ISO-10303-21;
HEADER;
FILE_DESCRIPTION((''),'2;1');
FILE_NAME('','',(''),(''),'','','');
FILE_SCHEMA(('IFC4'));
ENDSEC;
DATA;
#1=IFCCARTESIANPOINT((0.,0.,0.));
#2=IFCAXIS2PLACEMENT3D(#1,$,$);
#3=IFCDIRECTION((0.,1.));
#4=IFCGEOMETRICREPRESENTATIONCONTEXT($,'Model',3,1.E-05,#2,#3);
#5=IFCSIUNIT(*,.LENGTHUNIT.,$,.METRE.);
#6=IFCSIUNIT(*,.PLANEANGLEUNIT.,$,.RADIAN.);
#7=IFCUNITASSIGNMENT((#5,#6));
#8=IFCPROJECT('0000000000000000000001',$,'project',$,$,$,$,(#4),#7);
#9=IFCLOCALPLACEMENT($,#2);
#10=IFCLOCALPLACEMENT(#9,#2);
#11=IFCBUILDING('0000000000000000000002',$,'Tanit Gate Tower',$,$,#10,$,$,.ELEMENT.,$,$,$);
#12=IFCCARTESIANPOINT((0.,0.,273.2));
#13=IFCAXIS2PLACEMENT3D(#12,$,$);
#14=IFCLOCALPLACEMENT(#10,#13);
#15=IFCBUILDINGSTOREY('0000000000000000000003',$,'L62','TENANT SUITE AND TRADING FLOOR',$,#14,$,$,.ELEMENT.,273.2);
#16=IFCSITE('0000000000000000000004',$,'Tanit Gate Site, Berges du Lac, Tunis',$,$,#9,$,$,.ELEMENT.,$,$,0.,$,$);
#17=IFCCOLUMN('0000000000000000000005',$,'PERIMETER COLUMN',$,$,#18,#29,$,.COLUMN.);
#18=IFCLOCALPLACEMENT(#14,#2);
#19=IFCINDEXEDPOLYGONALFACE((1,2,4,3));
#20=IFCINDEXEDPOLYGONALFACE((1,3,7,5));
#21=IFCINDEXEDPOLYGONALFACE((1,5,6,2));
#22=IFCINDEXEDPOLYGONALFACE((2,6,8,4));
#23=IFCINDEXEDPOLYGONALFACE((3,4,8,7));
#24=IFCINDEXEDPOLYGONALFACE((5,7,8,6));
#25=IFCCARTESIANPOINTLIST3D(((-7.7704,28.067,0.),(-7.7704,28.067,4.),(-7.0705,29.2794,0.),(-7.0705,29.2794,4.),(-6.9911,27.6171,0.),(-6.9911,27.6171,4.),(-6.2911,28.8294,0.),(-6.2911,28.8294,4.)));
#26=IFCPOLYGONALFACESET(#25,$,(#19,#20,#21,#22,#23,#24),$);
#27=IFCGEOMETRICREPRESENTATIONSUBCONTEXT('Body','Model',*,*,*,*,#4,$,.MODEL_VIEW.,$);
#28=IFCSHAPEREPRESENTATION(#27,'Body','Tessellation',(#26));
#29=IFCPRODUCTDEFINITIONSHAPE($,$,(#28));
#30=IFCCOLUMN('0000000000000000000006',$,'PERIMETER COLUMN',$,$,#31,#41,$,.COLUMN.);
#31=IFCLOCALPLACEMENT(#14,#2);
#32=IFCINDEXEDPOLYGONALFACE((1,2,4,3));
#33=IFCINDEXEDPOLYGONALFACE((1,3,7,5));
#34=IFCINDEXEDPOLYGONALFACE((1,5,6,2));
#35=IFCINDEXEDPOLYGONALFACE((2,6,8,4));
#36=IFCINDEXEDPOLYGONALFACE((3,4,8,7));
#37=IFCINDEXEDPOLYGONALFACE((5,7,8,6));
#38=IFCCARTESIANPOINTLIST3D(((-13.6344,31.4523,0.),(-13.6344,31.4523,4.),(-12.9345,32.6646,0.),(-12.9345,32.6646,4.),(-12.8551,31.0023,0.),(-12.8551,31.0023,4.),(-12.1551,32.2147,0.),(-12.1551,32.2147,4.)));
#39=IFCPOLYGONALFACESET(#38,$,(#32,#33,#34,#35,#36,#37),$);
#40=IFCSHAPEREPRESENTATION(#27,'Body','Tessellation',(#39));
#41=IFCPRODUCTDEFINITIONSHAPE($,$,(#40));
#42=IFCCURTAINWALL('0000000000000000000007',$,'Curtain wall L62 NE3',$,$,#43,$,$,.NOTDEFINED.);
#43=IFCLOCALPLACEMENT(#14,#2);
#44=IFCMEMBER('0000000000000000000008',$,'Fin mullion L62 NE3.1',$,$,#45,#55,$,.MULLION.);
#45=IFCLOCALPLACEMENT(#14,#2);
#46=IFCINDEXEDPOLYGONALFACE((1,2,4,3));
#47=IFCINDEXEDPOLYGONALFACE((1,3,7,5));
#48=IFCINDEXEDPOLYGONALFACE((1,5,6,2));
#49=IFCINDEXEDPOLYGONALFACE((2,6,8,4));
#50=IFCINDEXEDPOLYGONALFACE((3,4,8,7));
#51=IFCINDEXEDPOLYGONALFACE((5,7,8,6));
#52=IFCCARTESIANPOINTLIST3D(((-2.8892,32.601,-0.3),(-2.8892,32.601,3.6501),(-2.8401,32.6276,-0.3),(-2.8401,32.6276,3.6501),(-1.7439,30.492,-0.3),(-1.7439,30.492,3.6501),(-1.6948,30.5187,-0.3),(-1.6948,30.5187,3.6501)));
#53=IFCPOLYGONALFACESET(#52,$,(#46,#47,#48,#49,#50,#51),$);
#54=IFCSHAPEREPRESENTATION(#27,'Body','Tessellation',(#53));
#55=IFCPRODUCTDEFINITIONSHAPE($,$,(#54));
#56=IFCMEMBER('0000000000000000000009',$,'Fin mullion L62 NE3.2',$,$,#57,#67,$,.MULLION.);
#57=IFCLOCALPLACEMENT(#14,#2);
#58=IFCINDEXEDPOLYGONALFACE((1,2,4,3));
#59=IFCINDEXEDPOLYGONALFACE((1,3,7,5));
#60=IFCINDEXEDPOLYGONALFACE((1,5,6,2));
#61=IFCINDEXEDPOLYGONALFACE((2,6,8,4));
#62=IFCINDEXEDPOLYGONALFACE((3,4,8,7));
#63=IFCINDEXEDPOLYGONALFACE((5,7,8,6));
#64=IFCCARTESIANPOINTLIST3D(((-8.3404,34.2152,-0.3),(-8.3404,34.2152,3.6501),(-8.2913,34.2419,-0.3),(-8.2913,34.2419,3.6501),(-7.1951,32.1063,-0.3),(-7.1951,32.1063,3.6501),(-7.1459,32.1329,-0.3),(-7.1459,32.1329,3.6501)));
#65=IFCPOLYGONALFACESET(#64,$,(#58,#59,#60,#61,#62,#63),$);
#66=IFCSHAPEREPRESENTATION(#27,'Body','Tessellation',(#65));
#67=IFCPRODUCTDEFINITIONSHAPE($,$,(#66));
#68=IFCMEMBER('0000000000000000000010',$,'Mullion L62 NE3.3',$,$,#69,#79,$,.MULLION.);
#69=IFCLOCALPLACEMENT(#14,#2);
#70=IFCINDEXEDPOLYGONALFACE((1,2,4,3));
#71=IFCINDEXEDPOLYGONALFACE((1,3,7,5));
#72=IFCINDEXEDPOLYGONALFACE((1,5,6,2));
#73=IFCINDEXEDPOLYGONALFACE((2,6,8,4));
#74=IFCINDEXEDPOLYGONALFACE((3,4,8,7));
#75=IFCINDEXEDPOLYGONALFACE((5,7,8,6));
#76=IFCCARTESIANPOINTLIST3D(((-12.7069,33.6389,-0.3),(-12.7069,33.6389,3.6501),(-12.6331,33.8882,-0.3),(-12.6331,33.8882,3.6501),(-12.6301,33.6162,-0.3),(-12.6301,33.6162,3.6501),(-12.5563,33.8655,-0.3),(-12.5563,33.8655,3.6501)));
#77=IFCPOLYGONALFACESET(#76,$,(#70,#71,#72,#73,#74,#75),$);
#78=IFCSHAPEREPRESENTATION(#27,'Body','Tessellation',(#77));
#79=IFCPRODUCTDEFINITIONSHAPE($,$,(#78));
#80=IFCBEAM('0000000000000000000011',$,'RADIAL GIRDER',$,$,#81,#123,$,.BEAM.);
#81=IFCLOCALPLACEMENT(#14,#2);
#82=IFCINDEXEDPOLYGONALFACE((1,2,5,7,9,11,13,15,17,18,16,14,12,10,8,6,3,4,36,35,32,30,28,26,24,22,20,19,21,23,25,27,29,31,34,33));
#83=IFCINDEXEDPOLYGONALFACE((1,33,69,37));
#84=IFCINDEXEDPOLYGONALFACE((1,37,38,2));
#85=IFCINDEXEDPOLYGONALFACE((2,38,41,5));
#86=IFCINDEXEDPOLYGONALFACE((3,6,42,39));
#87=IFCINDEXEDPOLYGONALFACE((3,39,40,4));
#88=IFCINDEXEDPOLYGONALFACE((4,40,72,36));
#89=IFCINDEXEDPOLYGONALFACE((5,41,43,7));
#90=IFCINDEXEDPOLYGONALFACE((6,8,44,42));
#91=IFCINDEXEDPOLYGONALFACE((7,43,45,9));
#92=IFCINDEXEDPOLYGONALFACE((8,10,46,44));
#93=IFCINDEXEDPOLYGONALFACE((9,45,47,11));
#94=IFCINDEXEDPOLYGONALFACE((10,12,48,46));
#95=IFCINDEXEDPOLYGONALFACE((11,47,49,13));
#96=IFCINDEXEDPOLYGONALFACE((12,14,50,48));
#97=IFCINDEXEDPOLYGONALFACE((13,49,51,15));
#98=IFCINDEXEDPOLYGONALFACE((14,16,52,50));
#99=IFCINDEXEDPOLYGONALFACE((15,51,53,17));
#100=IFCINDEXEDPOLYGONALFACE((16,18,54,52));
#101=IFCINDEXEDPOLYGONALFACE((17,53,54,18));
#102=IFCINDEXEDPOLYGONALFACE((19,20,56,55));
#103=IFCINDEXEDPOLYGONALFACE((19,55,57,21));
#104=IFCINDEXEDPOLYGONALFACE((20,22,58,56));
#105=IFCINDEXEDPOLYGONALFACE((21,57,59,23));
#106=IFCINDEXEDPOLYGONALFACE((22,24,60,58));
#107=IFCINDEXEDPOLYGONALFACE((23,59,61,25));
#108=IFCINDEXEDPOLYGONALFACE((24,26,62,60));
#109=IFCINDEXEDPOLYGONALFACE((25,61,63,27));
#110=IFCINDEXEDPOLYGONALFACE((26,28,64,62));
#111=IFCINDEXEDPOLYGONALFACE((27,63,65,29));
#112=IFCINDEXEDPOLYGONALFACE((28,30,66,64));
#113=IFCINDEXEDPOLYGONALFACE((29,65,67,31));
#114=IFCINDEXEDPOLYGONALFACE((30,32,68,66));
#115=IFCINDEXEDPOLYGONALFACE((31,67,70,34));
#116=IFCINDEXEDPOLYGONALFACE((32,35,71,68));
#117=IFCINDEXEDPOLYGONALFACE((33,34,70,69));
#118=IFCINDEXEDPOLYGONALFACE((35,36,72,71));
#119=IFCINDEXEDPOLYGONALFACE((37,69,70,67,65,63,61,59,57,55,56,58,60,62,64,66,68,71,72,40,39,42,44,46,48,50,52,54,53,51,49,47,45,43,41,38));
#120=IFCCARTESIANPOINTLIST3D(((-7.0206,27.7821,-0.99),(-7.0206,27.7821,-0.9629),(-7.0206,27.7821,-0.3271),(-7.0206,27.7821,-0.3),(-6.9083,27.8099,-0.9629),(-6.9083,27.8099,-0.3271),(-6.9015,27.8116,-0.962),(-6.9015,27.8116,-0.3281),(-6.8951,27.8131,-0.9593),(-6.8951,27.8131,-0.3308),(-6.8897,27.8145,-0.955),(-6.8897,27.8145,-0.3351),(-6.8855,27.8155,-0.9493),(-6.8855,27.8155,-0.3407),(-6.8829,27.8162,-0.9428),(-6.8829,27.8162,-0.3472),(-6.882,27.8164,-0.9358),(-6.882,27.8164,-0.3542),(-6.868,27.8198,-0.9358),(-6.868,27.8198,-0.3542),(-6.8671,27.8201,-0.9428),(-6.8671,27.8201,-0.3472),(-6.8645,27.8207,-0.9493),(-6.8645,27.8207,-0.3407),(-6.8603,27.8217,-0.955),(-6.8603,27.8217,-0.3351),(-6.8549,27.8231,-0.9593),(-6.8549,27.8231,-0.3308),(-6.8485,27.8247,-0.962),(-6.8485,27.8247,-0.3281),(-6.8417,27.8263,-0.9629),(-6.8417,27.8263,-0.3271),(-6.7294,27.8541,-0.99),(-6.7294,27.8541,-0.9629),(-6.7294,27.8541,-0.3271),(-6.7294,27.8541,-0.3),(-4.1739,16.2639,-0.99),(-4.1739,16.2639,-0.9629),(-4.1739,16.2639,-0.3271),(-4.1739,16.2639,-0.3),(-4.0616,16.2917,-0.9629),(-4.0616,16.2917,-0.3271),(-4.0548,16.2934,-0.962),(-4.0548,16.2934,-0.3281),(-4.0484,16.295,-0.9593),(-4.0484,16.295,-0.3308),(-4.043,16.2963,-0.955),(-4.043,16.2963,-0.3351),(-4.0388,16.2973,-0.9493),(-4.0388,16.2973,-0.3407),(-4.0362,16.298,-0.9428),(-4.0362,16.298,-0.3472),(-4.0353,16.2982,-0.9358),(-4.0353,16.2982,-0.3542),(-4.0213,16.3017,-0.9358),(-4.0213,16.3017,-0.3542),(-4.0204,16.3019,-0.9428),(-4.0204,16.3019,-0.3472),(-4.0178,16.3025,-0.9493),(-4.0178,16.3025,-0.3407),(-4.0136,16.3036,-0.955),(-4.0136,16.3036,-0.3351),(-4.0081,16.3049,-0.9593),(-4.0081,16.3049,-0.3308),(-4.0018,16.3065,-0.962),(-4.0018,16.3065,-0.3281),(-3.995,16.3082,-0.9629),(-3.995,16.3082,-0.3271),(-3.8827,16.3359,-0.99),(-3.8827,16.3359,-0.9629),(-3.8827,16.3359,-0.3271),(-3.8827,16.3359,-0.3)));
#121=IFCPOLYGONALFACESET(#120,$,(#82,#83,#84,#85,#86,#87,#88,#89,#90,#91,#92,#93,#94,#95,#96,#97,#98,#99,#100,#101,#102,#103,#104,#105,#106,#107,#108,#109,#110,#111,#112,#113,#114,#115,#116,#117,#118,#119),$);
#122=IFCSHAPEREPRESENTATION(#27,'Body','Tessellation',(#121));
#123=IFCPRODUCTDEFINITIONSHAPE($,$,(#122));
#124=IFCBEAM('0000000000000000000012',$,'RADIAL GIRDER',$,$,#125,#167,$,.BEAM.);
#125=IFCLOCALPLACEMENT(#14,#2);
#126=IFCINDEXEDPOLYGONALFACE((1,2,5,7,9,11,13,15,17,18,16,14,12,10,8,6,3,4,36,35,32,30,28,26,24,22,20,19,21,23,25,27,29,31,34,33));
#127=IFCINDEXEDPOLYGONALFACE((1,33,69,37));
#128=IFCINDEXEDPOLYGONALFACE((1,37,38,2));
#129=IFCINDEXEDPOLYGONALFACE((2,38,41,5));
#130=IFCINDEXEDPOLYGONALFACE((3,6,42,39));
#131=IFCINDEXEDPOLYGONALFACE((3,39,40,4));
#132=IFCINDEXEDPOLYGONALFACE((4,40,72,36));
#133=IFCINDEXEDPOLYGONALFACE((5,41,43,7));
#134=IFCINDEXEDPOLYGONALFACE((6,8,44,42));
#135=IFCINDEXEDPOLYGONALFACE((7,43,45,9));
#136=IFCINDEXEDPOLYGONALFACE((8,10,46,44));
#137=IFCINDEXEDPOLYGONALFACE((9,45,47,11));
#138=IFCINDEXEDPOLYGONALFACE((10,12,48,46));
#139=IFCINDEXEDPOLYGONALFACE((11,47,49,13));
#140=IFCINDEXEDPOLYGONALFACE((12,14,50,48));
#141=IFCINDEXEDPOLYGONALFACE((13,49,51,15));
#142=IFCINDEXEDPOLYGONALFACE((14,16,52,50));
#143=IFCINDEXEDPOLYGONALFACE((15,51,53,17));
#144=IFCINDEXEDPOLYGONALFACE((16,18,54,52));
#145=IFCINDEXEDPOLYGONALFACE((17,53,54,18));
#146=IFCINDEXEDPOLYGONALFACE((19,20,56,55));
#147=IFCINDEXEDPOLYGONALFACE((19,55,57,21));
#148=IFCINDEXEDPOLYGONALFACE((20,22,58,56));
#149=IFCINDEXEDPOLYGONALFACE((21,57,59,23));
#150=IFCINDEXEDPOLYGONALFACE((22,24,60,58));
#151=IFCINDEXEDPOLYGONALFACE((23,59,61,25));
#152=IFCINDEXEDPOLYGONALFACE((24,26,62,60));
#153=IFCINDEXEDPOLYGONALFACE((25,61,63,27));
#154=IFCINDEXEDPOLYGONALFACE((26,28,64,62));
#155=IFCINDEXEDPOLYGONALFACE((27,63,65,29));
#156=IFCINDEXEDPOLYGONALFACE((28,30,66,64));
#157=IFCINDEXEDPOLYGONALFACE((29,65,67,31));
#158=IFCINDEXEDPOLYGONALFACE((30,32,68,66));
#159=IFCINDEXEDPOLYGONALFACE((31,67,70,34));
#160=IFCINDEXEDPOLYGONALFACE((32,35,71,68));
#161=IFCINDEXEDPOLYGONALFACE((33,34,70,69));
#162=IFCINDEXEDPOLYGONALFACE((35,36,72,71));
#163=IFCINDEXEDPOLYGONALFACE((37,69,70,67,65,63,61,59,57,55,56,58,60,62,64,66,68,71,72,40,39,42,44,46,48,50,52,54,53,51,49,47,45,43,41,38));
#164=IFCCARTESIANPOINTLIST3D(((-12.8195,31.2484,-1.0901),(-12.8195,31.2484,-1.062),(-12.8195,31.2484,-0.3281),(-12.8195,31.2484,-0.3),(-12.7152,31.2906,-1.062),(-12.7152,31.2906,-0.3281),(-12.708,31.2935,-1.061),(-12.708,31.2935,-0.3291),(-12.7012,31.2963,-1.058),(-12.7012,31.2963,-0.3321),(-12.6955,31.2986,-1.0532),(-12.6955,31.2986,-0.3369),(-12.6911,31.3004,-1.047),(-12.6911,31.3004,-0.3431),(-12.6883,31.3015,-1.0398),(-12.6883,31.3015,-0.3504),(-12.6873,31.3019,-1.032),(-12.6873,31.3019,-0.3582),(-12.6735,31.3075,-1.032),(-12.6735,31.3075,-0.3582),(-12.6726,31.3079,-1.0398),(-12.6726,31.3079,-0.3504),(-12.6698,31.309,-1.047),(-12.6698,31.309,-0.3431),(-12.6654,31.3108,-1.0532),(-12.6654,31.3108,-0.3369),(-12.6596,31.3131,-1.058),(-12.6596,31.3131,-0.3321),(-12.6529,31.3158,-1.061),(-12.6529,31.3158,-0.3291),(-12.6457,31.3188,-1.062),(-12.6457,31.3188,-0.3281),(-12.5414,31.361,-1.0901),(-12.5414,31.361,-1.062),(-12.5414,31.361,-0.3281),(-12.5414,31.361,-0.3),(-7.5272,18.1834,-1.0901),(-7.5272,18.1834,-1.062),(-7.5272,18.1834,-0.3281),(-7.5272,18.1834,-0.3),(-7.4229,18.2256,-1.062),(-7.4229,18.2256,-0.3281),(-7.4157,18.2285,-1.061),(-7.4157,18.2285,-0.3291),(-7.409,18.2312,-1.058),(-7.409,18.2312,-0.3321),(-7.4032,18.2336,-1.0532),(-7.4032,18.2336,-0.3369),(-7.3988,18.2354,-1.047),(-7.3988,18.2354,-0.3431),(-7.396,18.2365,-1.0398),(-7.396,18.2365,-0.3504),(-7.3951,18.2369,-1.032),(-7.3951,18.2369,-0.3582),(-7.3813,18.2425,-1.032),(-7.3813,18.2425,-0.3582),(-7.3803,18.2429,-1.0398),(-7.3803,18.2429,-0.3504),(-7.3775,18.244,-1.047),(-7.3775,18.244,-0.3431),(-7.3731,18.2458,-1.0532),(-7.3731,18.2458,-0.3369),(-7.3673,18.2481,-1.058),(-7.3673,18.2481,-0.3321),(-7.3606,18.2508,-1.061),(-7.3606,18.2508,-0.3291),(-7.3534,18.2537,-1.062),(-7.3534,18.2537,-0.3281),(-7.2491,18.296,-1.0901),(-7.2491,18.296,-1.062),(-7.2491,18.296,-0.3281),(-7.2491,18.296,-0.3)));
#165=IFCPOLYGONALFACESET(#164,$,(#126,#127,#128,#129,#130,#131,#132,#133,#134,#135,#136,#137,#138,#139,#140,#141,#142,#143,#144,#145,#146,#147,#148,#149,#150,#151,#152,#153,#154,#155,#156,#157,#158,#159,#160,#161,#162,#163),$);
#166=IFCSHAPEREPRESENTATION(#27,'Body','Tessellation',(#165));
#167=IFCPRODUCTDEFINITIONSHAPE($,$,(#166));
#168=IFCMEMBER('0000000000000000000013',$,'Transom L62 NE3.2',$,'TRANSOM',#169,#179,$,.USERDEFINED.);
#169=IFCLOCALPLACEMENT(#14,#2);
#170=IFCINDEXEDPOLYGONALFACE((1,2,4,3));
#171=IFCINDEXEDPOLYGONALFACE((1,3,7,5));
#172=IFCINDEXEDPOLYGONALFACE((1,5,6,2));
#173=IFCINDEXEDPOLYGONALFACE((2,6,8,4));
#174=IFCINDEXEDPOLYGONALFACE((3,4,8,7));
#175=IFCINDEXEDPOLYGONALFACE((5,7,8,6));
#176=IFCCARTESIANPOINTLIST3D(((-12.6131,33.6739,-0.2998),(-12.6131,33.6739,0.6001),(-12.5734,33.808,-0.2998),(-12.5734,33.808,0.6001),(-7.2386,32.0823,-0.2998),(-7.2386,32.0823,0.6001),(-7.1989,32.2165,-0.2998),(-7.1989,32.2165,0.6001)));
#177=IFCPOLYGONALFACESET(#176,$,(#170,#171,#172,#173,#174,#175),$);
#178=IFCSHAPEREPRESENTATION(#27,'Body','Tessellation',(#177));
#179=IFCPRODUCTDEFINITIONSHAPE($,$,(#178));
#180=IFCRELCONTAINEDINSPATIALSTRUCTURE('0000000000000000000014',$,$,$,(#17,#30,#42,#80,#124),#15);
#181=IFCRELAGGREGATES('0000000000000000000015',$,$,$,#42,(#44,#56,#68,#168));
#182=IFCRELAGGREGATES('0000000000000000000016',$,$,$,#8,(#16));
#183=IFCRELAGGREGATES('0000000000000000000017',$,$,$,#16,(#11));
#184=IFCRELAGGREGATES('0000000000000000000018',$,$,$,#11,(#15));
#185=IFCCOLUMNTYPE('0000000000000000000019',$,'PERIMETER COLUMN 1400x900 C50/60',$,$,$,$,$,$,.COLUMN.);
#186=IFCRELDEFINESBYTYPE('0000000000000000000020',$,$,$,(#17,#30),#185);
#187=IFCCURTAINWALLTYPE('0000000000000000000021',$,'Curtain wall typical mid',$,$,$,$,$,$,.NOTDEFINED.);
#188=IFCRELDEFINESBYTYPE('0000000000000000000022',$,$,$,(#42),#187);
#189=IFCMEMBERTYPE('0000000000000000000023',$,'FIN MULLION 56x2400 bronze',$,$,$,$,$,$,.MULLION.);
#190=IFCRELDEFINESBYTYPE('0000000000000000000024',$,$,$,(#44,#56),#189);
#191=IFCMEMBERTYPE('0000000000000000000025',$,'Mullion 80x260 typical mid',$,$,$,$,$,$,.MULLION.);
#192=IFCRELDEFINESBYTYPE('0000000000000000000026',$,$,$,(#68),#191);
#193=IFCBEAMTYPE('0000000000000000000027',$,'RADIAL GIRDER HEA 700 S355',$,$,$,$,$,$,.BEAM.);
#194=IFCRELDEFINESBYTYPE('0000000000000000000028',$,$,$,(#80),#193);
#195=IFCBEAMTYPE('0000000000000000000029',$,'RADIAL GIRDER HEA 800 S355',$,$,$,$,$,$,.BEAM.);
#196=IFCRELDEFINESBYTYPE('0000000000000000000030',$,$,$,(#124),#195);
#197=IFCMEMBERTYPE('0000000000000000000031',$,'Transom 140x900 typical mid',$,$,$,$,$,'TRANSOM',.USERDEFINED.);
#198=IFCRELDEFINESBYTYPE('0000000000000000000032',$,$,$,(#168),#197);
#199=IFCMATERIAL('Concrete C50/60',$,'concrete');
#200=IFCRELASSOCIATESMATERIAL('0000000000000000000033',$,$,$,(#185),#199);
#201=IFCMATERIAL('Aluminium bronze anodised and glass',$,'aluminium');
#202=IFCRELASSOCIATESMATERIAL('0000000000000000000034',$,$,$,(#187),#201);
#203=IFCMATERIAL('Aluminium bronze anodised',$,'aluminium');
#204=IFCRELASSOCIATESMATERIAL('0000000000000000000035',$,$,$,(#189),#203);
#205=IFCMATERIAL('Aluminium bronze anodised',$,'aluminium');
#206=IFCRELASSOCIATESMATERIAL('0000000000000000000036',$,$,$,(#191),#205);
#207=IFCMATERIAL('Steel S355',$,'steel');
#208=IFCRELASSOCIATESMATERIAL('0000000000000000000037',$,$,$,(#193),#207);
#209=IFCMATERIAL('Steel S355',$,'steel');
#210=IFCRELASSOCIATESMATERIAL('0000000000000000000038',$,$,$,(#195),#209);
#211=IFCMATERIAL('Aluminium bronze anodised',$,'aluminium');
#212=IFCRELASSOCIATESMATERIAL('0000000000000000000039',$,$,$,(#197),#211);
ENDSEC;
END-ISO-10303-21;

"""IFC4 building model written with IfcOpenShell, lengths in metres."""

from ifc_helpers import new_model, si_unit, direction, frame, origin, origin_2d, place, context, subcontext, project, spatial, rectangle, i_section, extrude, material, material_profile, profile_set, type_object, element, aggregate, save


model = new_model("IFC4")

# Units and contexts
model_context = context("Model", 3, precision=1e-05, world=origin(), true_north=direction((0.0, 1.0)))
body_context = subcontext(model_context, "Body", "Model", "MODEL_VIEW")
ifc_project = project(units=[si_unit("LENGTHUNIT", "METRE"), si_unit("PLANEANGLEUNIT", "RADIAN")], contexts=[model_context])

# Site, building, storey
site_placement = place(None, origin())
site = spatial("IfcSite", under=ifc_project, at=site_placement, Name="Tanit Gate Site, Berges du Lac, Tunis", CompositionType="ELEMENT", RefElevation=0.0)
building_placement = place(site_placement, origin())
building = spatial("IfcBuilding", under=site, at=building_placement, Name="Tanit Gate Tower", CompositionType="ELEMENT")
storey_placement = place(building_placement, frame((0.0, 0.0, 273.2)))
storey = spatial("IfcBuildingStorey", under=building, at=storey_placement, Name="L62", Description="TENANT SUITE AND TRADING FLOOR", CompositionType="ELEMENT", Elevation=273.2)

# Columns
ifc_material_1 = material(Name="Concrete C50/60", Category="concrete")
ifc_material_profile_1 = material_profile(ifc_material_1, rectangle(XDim=1.3999, YDim=0.8999, at=origin_2d()), Name="RC 1400x900")
ifc_profile_set_1 = profile_set([ifc_material_profile_1], Name="Concrete C50/60")
column_type = type_object("IfcColumnType", Name="PERIMETER COLUMN 1400x900 C50/60", PredefinedType="COLUMN", material=ifc_profile_set_1)
for number, where, z_axis, x_axis, name in (
    (1, (-7.0308, 28.4482, 0.0), (0.0, 0.0, 1.0), (0.5, 0.866025, 0.0), "PERIMETER COLUMN"),
    (2, (-12.8948, 31.8335, 0.0), (0.0, 0.0, 1.0), (0.5, 0.866025, 0.0), "PERIMETER COLUMN"),
):
    element("IfcColumn", number, at=place(storey_placement, frame(where, z_axis=z_axis, x_axis=x_axis)), inside=storey, type_object=column_type, Name=name, PredefinedType="COLUMN", context=body_context, shape_type="SweptSolid", body=[
        extrude(rectangle(XDim=1.3999, YDim=0.8999, at=origin_2d()), origin(), (0.0, 0.0, 1.0), 4.0),
    ])

# Curtain wall, members
ifc_material_2 = material(Name="Aluminium bronze anodised and glass", Category="aluminium")
curtain_wall_type = type_object("IfcCurtainWallType", Name="Curtain wall typical mid", PredefinedType="NOTDEFINED", material=ifc_material_2)
curtain_wall_placement = place(storey_placement, origin())
curtain_wall = element("IfcCurtainWall", 3, at=curtain_wall_placement, inside=storey, type_object=curtain_wall_type, Name="Curtain wall L62 NE3", PredefinedType="NOTDEFINED")
ifc_material_3 = material(Name="Aluminium bronze anodised", Category="aluminium")
ifc_material_profile_2 = material_profile(ifc_material_3, rectangle(XDim=2.3999, YDim=0.0559, at=origin_2d()), Name="56x2400 bronze fin mullion")
ifc_profile_set_2 = profile_set([ifc_material_profile_2], Name="Aluminium bronze anodised")
member_type_1 = type_object("IfcMemberType", Name="FIN MULLION 56x2400 bronze", PredefinedType="MULLION", material=ifc_profile_set_2)
member_1_placement = place(storey_placement, frame((-2.292, 31.5598, -0.3), z_axis=(0.0, 0.0, 1.0), x_axis=(0.477246, -0.87877, 0.0)))
member_1 = element("IfcMember", 4, at=member_1_placement, type_object=member_type_1, Name="Fin mullion L62 NE3.1", PredefinedType="MULLION", context=body_context, shape_type="SweptSolid", body=[
    extrude(rectangle(XDim=2.3999, YDim=0.0559, at=origin_2d()), origin(), (0.0, 0.0, 1.0), 3.9502),
])
member_2_placement = place(storey_placement, frame((-7.7432, 33.1741, -0.3), z_axis=(0.0, 0.0, 1.0), x_axis=(0.477246, -0.87877, 0.0)))
member_2 = element("IfcMember", 5, at=member_2_placement, type_object=member_type_1, Name="Fin mullion L62 NE3.2", PredefinedType="MULLION", context=body_context, shape_type="SweptSolid", body=[
    extrude(rectangle(XDim=2.3999, YDim=0.0559, at=origin_2d()), origin(), (0.0, 0.0, 1.0), 3.9502),
])
ifc_material_4 = material(Name="Aluminium bronze anodised", Category="aluminium")
ifc_material_profile_3 = material_profile(ifc_material_4, rectangle(XDim=0.26, YDim=0.0801, at=origin_2d()), Name="80x260 bronze mullion")
ifc_profile_set_3 = profile_set([ifc_material_profile_3], Name="Aluminium bronze anodised")
member_type_2 = type_object("IfcMemberType", Name="Mullion 80x260 typical mid", PredefinedType="MULLION", material=ifc_profile_set_3)
member_3_placement = place(storey_placement, frame((-12.6316, 33.7522, -0.3), z_axis=(0.0, 0.0, 1.0), x_axis=(-0.28392, -0.958848, 0.0)))
member_3 = element("IfcMember", 6, at=member_3_placement, type_object=member_type_2, Name="Mullion L62 NE3.3", PredefinedType="MULLION", context=body_context, shape_type="SweptSolid", body=[
    extrude(rectangle(XDim=0.26, YDim=0.0801, at=origin_2d()), origin(), (0.0, 0.0, 1.0), 3.9502),
])

# Beams
ifc_material_5 = material(Name="Steel S355", Category="steel")
ifc_material_profile_4 = material_profile(ifc_material_5, i_section(OverallWidth=0.3, OverallDepth=0.6899, WebThickness=0.0144, FlangeThickness=0.0271, FilletRadius=0.0271, at=origin_2d()), Name="HEA 700")
ifc_profile_set_4 = profile_set([ifc_material_profile_4], Name="Steel S355")
beam_type_1 = type_object("IfcBeamType", Name="RADIAL GIRDER HEA 700 S355", PredefinedType="BEAM", material=ifc_profile_set_4)
beam_1_placement = place(storey_placement, frame((-6.875, 27.8181, -0.645), z_axis=(0.23993, -0.97079, 0.0), x_axis=(0.97079, 0.23993, 0.0)))
element("IfcBeam", 7, at=beam_1_placement, inside=storey, type_object=beam_type_1, Name="RADIAL GIRDER", PredefinedType="BEAM", context=body_context, shape_type="SweptSolid", body=[
    extrude(i_section(OverallWidth=0.3, OverallDepth=0.6899, WebThickness=0.0144, FlangeThickness=0.0271, FilletRadius=0.0271, at=origin_2d()), origin(), (0.0, 0.0, 1.0), 11.8647),
])
ifc_material_6 = material(Name="Steel S355", Category="steel")
ifc_material_profile_5 = material_profile(ifc_material_6, i_section(OverallWidth=0.3, OverallDepth=0.79, WebThickness=0.0149, FlangeThickness=0.0281, FilletRadius=0.03, at=origin_2d()), Name="HEA 800")
ifc_profile_set_5 = profile_set([ifc_material_profile_5], Name="Steel S355")
beam_type_2 = type_object("IfcBeamType", Name="RADIAL GIRDER HEA 800 S355", PredefinedType="BEAM", material=ifc_profile_set_5)
beam_2_placement = place(storey_placement, frame((-12.6804, 31.3047, -0.6951), z_axis=(0.375439, -0.926847, 0.0), x_axis=(0.926847, 0.375439, 0.0)))
element("IfcBeam", 8, at=beam_2_placement, inside=storey, type_object=beam_type_2, Name="RADIAL GIRDER", PredefinedType="BEAM", context=body_context, shape_type="SweptSolid", body=[
    extrude(i_section(OverallWidth=0.3, OverallDepth=0.79, WebThickness=0.0149, FlangeThickness=0.0281, FilletRadius=0.03, at=origin_2d()), origin(), (0.0, 0.0, 1.0), 14.0962),
])

# Member
ifc_material_7 = material(Name="Aluminium bronze anodised", Category="aluminium")
ifc_material_profile_6 = material_profile(ifc_material_7, rectangle(XDim=0.1399, YDim=0.8999, at=origin_2d()), Name="140x900 bronze transom")
ifc_profile_set_6 = profile_set([ifc_material_profile_6], Name="Aluminium bronze anodised")
member_type_3 = type_object("IfcMemberType", Name="Transom 140x900 typical mid", ElementType="TRANSOM", PredefinedType="USERDEFINED", material=ifc_profile_set_6)
member_4_placement = place(storey_placement, frame((-7.2188, 32.1494, 0.1501), z_axis=(-0.958842, 0.283942, 0.0), x_axis=(-0.283942, -0.958842, 0.0)))
member_4 = element("IfcMember", 9, at=member_4_placement, type_object=member_type_3, Name="Transom L62 NE3.2", ObjectType="TRANSOM", PredefinedType="USERDEFINED", context=body_context, shape_type="SweptSolid", body=[
    extrude(rectangle(XDim=0.1399, YDim=0.8999, at=origin_2d()), origin(), (0.0, 0.0, 1.0), 5.6052),
])

aggregate(curtain_wall, [member_1, member_2, member_3, member_4])

save(model, "model.ifc")
